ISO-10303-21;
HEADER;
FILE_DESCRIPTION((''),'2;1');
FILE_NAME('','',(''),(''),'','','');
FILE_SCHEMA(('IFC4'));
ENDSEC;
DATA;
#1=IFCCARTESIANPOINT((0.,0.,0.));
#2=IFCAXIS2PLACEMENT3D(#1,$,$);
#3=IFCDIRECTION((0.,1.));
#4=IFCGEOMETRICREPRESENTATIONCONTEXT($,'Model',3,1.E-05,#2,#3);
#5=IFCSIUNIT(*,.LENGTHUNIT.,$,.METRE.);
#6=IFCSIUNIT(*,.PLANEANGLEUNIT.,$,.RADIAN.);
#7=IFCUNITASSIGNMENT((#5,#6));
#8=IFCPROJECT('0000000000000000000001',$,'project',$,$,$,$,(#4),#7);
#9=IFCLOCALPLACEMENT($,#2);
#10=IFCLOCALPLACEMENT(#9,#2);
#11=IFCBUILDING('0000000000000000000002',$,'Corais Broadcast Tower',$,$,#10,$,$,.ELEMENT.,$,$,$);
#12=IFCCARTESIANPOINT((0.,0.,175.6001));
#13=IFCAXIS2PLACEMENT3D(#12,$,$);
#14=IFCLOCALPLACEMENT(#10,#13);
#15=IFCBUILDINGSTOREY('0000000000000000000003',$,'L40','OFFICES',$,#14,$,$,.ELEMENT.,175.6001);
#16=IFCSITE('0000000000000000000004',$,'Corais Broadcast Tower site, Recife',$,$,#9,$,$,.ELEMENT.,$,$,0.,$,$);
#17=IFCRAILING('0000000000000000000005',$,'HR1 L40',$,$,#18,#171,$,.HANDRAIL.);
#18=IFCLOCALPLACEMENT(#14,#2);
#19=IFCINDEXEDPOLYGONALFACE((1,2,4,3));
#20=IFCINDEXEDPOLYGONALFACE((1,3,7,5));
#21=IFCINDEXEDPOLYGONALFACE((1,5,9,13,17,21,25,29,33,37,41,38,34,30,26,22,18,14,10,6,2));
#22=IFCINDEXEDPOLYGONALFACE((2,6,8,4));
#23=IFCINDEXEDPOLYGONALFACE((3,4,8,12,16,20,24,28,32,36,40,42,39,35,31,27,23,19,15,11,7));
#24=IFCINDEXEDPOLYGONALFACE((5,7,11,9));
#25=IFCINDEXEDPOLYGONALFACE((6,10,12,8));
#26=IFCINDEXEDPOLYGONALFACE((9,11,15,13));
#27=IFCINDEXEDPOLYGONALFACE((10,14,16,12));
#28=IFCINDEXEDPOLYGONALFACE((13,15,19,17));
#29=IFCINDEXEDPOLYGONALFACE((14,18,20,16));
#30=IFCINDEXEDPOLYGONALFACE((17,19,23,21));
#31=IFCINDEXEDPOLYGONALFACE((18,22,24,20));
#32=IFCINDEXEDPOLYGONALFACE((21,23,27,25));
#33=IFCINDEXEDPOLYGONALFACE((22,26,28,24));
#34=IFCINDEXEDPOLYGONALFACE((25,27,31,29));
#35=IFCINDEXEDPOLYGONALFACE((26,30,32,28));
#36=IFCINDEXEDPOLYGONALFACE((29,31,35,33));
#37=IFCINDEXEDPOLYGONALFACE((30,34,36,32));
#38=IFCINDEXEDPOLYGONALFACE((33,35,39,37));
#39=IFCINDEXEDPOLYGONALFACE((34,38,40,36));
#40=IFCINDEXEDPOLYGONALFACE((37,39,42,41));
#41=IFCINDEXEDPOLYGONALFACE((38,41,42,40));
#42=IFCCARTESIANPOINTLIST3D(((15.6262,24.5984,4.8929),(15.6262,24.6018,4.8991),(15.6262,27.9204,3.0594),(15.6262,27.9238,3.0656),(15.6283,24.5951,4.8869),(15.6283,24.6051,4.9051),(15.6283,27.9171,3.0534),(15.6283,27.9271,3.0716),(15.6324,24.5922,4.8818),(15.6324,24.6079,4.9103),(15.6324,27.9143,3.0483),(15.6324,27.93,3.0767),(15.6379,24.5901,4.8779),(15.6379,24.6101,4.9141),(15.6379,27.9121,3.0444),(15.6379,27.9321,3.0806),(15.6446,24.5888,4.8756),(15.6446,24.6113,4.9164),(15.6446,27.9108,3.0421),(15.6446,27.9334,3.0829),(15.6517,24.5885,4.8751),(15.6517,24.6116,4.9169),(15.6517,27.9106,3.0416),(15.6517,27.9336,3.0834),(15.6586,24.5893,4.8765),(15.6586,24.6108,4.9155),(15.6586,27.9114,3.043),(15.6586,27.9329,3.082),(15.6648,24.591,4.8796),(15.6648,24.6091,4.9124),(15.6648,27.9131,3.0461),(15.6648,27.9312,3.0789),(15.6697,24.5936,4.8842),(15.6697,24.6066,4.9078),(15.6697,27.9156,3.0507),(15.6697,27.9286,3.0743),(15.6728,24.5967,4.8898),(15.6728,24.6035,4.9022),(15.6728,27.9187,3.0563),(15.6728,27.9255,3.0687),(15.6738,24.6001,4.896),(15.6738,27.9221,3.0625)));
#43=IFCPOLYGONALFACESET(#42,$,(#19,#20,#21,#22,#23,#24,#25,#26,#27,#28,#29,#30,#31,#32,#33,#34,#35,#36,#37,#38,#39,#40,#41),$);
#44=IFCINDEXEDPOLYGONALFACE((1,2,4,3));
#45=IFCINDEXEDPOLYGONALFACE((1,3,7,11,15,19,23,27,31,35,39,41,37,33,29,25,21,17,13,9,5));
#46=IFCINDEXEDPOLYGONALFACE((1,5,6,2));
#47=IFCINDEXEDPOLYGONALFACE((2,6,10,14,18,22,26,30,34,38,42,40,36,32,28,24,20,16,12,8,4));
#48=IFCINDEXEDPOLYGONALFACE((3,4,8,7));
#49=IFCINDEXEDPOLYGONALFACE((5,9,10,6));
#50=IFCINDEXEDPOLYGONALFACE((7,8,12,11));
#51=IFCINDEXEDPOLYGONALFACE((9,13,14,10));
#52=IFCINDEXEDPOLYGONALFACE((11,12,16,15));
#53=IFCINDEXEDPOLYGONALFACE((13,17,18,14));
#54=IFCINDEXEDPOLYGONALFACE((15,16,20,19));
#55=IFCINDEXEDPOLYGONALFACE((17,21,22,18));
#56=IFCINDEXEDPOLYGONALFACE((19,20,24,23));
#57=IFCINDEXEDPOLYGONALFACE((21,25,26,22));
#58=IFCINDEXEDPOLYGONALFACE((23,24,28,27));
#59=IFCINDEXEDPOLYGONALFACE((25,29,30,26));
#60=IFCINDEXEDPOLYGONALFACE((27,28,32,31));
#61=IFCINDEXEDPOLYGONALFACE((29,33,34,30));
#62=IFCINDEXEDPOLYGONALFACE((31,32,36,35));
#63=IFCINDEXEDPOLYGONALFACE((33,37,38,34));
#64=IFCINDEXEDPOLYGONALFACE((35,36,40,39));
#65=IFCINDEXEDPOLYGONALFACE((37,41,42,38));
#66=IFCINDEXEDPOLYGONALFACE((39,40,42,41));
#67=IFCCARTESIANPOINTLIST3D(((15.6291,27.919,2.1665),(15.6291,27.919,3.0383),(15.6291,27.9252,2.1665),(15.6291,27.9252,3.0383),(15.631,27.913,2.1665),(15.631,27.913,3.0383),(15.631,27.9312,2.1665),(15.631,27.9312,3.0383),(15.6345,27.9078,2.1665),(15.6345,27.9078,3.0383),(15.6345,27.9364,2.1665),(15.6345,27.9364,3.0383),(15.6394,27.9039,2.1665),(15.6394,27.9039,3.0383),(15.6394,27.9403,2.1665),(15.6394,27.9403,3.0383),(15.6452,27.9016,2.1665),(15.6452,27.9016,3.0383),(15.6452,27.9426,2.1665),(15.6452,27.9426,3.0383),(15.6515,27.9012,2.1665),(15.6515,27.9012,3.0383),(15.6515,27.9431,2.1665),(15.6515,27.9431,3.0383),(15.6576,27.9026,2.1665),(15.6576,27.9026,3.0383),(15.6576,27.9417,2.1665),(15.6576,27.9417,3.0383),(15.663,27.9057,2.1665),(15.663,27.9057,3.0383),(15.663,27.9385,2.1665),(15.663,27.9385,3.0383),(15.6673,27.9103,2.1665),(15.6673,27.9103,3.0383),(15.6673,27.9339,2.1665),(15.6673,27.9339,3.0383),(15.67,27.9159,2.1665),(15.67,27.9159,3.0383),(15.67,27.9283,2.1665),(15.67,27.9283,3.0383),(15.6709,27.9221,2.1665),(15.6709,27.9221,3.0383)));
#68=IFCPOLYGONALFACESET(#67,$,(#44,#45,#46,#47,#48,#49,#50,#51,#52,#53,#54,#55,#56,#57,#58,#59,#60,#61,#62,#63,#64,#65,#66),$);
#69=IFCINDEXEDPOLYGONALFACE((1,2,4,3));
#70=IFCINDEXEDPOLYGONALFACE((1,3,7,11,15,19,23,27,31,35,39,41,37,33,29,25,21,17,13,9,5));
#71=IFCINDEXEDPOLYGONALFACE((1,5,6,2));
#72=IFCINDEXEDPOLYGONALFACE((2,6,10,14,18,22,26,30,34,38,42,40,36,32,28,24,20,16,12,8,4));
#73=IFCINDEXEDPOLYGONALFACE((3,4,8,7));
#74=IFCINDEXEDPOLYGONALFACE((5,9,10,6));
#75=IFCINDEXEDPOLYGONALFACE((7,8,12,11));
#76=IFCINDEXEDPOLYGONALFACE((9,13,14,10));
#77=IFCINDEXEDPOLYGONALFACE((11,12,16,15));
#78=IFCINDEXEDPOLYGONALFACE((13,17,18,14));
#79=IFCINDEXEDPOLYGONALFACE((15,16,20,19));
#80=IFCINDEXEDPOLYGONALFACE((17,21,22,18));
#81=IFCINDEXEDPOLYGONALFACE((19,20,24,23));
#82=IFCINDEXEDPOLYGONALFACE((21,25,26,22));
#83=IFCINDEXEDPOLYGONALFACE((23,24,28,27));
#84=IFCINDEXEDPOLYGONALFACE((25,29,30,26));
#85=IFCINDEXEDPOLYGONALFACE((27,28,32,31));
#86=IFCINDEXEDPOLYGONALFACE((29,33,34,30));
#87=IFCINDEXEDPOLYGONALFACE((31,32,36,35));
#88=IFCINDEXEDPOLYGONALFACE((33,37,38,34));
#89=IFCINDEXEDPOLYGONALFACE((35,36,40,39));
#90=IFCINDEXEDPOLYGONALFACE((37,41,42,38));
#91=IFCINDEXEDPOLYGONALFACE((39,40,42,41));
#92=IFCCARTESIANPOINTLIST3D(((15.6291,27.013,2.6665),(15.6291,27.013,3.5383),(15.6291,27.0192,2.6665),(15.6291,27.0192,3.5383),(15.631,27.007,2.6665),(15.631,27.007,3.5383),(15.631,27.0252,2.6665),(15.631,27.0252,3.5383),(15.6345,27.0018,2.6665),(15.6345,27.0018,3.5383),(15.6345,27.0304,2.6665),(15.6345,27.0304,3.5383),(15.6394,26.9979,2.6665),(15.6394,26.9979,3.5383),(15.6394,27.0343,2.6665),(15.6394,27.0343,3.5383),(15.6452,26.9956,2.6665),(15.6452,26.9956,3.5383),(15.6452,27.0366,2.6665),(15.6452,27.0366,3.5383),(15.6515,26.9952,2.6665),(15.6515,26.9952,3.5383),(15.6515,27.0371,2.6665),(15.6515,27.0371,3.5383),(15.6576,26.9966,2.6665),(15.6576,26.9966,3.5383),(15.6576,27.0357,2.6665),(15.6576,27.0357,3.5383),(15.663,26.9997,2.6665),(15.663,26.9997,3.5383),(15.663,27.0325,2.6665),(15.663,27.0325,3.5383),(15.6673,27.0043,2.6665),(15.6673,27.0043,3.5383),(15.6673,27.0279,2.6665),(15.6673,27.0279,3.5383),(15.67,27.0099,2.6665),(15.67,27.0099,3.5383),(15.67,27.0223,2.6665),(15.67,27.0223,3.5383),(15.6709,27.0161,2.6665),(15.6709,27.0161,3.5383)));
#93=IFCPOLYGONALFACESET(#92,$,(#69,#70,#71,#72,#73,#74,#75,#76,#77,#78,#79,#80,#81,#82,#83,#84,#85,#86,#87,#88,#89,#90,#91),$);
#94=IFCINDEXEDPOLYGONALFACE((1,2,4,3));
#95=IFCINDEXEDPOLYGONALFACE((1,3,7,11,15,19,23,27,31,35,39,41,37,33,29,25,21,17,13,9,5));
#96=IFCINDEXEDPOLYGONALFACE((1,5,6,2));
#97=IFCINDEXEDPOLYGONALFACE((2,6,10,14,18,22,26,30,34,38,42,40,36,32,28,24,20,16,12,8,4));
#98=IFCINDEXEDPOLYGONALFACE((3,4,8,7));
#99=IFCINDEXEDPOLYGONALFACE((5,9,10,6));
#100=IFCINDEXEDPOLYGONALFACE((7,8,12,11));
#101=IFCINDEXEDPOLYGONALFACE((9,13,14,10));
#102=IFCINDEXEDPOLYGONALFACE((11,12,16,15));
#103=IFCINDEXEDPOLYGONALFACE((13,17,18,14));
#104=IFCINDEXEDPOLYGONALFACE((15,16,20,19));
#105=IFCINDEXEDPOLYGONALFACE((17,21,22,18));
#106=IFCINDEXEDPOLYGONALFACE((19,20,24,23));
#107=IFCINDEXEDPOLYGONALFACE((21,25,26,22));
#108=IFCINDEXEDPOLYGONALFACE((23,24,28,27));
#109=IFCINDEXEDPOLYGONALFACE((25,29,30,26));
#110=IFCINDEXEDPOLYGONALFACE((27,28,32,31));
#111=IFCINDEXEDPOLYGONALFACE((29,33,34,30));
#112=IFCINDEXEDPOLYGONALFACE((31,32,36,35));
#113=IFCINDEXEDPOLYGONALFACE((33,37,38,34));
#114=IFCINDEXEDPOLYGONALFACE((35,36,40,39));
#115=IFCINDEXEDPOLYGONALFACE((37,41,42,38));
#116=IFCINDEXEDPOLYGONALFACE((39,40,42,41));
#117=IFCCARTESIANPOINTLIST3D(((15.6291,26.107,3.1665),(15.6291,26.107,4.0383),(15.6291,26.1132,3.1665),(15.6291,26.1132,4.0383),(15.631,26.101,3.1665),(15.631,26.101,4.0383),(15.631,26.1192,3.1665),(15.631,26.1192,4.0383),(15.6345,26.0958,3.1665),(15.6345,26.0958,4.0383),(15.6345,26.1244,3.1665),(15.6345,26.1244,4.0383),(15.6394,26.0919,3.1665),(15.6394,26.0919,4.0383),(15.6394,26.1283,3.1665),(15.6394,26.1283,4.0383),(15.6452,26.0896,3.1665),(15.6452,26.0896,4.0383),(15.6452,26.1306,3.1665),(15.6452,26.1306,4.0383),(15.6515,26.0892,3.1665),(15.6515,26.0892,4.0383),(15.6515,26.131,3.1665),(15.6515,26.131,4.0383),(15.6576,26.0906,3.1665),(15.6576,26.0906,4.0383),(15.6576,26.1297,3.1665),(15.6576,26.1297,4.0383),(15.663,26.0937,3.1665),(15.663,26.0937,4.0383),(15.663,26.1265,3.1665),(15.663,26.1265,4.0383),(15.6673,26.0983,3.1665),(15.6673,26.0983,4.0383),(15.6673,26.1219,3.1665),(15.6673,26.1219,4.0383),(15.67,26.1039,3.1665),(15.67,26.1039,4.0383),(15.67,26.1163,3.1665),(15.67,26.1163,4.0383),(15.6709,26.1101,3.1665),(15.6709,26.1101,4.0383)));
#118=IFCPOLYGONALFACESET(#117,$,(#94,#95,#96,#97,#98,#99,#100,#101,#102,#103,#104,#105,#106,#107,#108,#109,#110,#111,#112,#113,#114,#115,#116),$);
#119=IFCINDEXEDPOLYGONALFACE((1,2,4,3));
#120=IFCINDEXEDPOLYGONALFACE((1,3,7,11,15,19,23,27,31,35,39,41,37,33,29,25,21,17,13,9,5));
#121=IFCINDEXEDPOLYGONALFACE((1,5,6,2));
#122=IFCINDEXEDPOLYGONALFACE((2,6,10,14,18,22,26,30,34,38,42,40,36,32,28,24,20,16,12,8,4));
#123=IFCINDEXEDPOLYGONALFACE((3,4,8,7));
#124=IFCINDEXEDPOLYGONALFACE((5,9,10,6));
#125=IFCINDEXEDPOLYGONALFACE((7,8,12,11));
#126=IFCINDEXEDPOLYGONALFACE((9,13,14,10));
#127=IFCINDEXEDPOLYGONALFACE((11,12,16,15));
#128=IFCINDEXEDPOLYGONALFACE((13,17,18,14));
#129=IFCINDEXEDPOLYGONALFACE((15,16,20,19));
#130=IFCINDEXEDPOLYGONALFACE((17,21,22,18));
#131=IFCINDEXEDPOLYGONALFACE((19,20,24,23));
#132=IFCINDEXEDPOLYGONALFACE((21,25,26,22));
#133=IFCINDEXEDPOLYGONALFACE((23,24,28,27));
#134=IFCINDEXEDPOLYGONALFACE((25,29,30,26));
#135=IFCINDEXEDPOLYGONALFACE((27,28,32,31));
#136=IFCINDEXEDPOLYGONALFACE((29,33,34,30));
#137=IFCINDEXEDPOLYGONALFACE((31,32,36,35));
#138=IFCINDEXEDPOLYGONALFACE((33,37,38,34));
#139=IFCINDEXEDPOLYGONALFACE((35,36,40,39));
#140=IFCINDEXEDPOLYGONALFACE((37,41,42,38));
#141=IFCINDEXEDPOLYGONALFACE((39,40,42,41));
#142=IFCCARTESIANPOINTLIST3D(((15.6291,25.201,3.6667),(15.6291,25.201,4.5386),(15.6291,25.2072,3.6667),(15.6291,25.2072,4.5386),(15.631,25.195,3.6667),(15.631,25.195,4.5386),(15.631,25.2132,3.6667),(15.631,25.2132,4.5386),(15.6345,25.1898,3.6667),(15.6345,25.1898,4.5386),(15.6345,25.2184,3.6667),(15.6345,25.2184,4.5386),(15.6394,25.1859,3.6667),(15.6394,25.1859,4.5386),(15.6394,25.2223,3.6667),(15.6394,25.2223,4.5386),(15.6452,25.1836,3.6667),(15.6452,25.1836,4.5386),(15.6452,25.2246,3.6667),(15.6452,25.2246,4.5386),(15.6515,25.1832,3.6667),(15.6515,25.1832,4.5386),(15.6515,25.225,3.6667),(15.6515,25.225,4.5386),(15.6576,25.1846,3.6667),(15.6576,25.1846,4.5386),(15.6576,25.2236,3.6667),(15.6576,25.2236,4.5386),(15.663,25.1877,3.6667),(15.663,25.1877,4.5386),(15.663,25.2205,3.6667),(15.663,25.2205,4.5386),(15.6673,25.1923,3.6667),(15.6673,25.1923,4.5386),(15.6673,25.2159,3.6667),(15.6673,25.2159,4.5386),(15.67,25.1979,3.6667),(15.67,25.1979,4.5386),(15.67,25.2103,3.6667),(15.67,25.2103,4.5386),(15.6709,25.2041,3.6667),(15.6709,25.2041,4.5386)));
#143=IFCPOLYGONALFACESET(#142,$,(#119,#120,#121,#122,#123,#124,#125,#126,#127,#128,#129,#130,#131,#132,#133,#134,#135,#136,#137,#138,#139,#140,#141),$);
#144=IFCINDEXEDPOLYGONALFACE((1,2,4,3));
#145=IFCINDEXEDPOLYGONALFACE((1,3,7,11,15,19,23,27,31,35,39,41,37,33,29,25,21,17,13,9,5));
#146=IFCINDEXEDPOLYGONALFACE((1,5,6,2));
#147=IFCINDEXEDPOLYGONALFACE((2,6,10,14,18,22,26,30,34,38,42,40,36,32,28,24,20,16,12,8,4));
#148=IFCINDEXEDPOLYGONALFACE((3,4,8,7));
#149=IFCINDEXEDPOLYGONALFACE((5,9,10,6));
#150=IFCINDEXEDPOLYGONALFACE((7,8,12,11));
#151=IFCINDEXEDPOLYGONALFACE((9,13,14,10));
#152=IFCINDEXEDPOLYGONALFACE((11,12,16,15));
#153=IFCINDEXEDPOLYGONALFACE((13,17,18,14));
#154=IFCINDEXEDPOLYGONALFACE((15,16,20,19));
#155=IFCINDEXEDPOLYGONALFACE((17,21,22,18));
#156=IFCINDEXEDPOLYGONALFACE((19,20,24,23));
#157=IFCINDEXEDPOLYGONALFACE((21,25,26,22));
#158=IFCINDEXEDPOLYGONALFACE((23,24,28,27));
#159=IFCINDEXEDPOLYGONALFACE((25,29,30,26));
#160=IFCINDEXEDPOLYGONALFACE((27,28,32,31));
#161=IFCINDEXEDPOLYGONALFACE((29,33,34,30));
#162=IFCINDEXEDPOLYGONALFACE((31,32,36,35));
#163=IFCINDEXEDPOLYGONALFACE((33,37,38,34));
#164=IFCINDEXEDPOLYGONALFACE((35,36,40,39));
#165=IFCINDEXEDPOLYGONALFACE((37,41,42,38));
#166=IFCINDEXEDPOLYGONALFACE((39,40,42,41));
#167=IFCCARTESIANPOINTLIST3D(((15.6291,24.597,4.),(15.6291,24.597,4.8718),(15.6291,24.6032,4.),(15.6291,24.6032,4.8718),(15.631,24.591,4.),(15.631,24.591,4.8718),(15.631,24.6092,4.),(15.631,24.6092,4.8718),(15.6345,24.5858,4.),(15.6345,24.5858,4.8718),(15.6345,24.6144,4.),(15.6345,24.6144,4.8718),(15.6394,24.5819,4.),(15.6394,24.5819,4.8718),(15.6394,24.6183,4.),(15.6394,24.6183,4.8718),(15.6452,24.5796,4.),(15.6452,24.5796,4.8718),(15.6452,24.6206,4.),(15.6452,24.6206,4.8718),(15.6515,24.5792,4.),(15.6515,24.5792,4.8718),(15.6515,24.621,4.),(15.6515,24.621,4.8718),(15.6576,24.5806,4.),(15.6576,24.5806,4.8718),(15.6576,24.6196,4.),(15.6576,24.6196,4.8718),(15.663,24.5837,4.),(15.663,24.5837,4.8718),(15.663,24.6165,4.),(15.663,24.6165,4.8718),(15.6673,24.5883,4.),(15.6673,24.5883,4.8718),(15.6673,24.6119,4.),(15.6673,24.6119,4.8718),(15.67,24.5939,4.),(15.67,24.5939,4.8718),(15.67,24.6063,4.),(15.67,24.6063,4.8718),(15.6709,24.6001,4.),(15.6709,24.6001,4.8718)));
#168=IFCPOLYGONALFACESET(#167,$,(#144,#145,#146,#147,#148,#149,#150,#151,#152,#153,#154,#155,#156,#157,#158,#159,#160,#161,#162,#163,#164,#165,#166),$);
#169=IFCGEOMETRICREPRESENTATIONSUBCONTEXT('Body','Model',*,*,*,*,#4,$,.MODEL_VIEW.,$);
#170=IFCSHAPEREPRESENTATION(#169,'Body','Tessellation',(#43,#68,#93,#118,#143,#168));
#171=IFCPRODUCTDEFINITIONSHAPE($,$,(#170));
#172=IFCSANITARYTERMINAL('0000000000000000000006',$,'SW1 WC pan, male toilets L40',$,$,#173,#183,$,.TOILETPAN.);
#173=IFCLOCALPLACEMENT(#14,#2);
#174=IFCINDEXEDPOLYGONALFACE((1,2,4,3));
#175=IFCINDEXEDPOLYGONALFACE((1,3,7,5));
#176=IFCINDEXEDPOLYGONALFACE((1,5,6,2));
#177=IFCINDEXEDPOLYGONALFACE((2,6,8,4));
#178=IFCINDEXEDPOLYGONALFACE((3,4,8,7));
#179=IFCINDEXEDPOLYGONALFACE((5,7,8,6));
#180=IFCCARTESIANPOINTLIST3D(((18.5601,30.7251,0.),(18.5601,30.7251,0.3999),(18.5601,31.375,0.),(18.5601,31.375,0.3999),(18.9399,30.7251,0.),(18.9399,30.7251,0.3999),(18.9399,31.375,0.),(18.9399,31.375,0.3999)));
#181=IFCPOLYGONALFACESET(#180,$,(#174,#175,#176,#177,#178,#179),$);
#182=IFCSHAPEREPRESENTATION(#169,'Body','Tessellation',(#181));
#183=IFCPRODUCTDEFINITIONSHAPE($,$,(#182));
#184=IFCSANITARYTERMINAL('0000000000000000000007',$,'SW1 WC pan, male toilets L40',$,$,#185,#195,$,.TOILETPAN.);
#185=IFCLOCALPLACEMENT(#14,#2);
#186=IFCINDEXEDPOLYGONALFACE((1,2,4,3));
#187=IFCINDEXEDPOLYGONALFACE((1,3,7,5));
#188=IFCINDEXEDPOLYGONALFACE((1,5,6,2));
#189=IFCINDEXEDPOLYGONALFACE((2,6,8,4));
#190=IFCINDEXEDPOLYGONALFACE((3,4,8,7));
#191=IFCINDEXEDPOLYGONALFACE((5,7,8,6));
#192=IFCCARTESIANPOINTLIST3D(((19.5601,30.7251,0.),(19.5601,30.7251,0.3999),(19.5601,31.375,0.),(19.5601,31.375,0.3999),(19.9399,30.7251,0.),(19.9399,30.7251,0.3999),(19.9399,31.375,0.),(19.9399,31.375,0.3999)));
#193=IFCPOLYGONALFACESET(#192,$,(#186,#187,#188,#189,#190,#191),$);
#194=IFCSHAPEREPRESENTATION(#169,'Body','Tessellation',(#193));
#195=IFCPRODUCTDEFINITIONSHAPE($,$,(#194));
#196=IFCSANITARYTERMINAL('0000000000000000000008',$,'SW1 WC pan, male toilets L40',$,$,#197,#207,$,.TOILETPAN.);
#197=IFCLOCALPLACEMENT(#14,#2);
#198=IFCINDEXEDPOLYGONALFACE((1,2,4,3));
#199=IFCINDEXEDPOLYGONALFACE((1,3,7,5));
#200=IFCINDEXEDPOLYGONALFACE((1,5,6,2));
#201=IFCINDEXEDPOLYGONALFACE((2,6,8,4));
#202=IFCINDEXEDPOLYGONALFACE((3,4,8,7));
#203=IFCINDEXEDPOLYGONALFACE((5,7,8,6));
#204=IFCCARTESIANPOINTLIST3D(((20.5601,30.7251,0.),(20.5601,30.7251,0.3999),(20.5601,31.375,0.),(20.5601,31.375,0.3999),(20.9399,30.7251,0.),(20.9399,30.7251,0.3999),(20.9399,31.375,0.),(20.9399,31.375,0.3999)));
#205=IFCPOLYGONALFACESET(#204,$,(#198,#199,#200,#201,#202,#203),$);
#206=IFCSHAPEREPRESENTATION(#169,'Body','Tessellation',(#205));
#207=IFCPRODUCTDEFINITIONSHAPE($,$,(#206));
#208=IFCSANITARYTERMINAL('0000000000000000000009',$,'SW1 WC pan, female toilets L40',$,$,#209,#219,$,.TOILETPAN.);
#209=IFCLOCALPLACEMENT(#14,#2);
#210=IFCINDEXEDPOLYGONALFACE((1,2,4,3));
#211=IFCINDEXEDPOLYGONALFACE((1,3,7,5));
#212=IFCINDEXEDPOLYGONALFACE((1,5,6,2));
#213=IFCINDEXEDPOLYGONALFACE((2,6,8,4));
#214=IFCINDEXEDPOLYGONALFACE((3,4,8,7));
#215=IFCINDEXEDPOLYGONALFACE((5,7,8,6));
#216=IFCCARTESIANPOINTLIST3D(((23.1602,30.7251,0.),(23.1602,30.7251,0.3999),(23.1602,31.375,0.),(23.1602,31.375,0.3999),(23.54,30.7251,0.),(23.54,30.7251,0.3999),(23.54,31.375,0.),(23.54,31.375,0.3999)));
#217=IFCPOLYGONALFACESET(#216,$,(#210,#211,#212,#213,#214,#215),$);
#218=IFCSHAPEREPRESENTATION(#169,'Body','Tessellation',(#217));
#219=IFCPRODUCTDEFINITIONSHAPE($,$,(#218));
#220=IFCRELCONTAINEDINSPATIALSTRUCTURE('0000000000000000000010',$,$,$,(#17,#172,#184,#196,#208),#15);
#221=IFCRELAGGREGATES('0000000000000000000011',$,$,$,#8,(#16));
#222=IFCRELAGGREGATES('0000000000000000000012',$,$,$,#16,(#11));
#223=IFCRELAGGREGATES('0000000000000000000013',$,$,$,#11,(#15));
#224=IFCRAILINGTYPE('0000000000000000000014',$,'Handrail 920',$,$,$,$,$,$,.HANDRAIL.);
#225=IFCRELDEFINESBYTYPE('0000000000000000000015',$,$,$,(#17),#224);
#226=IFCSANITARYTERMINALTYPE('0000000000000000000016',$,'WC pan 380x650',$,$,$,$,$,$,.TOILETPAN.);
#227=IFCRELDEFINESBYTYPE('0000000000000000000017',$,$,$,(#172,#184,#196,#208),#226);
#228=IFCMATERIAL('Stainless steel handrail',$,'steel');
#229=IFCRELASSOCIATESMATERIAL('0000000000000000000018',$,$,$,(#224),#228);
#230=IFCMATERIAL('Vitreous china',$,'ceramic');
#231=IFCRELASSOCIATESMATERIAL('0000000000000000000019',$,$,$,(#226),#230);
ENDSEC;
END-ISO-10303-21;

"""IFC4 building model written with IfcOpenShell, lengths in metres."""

from ifc_helpers import new_model, si_unit, direction, frame, origin, origin_2d, place, context, subcontext, project, spatial, rectangle, circle, extrude, material, type_object, element, save


model = new_model("IFC4")

# Units and contexts
model_context = context("Model", 3, precision=1e-05, world=origin(), true_north=direction((0.0, 1.0)))
body_context = subcontext(model_context, "Body", "Model", "MODEL_VIEW")
ifc_project = project(units=[si_unit("LENGTHUNIT", "METRE"), si_unit("PLANEANGLEUNIT", "RADIAN")], contexts=[model_context])

# Site, building, storey
site_placement = place(None, origin())
site = spatial("IfcSite", under=ifc_project, at=site_placement, Name="Corais Broadcast Tower site, Recife", CompositionType="ELEMENT", RefElevation=0.0)
building_placement = place(site_placement, origin())
building = spatial("IfcBuilding", under=site, at=building_placement, Name="Corais Broadcast Tower", CompositionType="ELEMENT")
storey_placement = place(building_placement, frame((0.0, 0.0, 175.6001)))
storey = spatial("IfcBuildingStorey", under=building, at=storey_placement, Name="L40", Description="OFFICES", CompositionType="ELEMENT", Elevation=175.6001)

# Railing
ifc_material_1 = material(Name="Stainless steel handrail", Category="steel")
railing_type = type_object("IfcRailingType", Name="Handrail 920", PredefinedType="HANDRAIL", material=ifc_material_1)
for number, where, name in (
    (1, (15.6499, 27.9221, 2.1665), "HR1 L40"),
):
    element("IfcRailing", number, at=place(storey_placement, frame(where)), inside=storey, type_object=railing_type, Name=name, PredefinedType="HANDRAIL", context=body_context, shape_type="SweptSolid", body=[
        extrude(circle(Radius=0.0239, at=origin_2d()), frame((0.0, 0.0, 0.896), z_axis=(0.0, -0.875504, 0.48321), x_axis=(1.0, 0.0, 0.0)), (0.0, 0.0, 1.0), 3.7944),
        extrude(circle(Radius=0.021, at=origin_2d()), origin(), (0.0, 0.0, 1.0), 0.8718),
        extrude(circle(Radius=0.021, at=origin_2d()), frame((0.0, -0.906, 0.5)), (0.0, 0.0, 1.0), 0.8718),
        extrude(circle(Radius=0.021, at=origin_2d()), frame((0.0, -1.812, 1.0)), (0.0, 0.0, 1.0), 0.8718),
        extrude(circle(Radius=0.021, at=origin_2d()), frame((0.0, -2.718, 1.5002)), (0.0, 0.0, 1.0), 0.8718),
        extrude(circle(Radius=0.021, at=origin_2d()), frame((0.0, -3.322, 1.8335)), (0.0, 0.0, 1.0), 0.8718),
    ])

# Sanitary terminals
ifc_material_2 = material(Name="Vitreous china", Category="ceramic")
sanitary_terminal_type = type_object("IfcSanitaryTerminalType", Name="WC pan 380x650", PredefinedType="TOILETPAN", material=ifc_material_2)
for number, where, z_axis, x_axis, name in (
    (2, (18.75, 31.05, 0.0), (0.0, 0.0, 1.0), (1.0, 0.0, 0.0), "SW1 WC pan, male toilets L40"),
    (3, (19.75, 31.05, 0.0), (0.0, 0.0, 1.0), (1.0, 0.0, 0.0), "SW1 WC pan, male toilets L40"),
    (4, (20.75, 31.05, 0.0), (0.0, 0.0, 1.0), (1.0, 0.0, 0.0), "SW1 WC pan, male toilets L40"),
    (5, (23.3501, 31.05, 0.0), (0.0, 0.0, 1.0), (1.0, 0.0, 0.0), "SW1 WC pan, female toilets L40"),
):
    element("IfcSanitaryTerminal", number, at=place(storey_placement, frame(where, z_axis=z_axis, x_axis=x_axis)), inside=storey, type_object=sanitary_terminal_type, Name=name, PredefinedType="TOILETPAN", context=body_context, shape_type="SweptSolid", body=[
        extrude(rectangle(XDim=0.3799, YDim=0.6499, at=origin_2d()), origin(), (0.0, 0.0, 1.0), 0.3999),
    ])

save(model, "model.ifc")
